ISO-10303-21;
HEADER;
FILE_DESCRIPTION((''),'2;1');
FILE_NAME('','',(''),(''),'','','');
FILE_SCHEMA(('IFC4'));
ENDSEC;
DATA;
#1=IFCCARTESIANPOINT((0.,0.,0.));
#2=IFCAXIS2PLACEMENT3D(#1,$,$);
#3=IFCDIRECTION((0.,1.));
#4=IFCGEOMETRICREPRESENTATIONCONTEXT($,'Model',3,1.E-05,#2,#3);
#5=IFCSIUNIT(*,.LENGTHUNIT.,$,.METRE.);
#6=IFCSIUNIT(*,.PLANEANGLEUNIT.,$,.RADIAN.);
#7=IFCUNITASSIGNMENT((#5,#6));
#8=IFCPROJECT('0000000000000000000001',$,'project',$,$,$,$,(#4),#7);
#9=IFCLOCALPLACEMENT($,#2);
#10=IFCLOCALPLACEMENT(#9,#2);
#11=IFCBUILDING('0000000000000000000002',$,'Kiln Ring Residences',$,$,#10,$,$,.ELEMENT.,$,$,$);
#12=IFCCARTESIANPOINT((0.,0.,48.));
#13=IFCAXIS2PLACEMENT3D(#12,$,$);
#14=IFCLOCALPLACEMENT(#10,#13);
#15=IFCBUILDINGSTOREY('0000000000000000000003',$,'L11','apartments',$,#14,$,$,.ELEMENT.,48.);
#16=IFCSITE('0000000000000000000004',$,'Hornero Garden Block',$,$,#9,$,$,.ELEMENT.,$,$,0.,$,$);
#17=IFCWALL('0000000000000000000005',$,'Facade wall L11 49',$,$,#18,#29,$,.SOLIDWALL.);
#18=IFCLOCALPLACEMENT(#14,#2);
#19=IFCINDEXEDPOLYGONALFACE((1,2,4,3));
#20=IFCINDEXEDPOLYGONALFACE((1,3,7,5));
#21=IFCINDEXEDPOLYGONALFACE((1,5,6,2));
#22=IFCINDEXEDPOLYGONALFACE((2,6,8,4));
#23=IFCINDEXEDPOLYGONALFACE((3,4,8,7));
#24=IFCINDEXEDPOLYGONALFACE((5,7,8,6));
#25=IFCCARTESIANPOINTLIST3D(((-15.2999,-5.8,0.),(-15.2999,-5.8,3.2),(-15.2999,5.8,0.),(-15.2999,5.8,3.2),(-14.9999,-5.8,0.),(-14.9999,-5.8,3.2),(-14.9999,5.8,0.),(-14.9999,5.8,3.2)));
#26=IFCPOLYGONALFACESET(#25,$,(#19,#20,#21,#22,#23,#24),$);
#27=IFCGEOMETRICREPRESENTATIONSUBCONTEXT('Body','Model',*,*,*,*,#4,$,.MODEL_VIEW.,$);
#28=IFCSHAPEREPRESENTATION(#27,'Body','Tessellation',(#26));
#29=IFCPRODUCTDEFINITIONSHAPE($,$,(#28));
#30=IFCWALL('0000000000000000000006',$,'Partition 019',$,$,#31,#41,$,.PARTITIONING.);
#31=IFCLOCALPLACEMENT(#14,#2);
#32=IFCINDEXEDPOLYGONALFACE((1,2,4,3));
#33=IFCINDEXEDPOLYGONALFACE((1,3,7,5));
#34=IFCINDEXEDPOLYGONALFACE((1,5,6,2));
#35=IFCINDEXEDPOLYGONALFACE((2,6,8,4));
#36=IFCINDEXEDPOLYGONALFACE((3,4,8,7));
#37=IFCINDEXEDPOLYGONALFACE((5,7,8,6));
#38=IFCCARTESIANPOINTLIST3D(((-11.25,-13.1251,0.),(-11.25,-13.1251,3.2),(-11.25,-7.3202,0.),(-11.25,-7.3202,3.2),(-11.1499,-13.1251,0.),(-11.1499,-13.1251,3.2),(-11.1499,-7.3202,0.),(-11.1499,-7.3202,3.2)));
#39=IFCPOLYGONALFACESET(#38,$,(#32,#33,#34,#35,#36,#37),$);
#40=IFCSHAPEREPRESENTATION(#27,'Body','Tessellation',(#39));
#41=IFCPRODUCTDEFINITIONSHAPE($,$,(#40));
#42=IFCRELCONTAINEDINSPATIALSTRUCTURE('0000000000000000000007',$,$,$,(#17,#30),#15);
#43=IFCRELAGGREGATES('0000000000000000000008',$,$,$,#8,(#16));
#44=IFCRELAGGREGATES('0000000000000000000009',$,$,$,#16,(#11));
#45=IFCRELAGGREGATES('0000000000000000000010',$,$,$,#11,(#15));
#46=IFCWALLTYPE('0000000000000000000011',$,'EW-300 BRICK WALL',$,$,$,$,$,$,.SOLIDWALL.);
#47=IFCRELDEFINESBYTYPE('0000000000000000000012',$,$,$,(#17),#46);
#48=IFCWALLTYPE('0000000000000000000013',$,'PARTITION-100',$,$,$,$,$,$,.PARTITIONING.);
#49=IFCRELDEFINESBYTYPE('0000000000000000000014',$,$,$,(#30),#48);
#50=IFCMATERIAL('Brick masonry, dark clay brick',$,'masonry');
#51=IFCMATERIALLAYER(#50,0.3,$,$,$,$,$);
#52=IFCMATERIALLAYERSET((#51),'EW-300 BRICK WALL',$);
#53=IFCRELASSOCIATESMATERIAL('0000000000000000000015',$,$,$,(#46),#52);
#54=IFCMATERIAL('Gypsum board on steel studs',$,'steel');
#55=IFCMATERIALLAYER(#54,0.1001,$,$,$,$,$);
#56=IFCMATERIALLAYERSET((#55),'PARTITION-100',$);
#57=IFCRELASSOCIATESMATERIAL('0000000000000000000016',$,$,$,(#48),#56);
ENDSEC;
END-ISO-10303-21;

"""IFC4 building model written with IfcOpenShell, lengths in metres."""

from ifc_helpers import new_model, si_unit, direction, frame, frame_2d, origin, place, context, subcontext, project, spatial, rectangle, extrude, material, layer, layer_set, type_object, element, save


model = new_model("IFC4")

# Units and contexts
model_context = context("Model", 3, precision=1e-05, world=origin(), true_north=direction((0.0, 1.0)))
body_context = subcontext(model_context, "Body", "Model", "MODEL_VIEW")
ifc_project = project(units=[si_unit("LENGTHUNIT", "METRE"), si_unit("PLANEANGLEUNIT", "RADIAN")], contexts=[model_context])

# Site, building, storey
site_placement = place(None, origin())
site = spatial("IfcSite", under=ifc_project, at=site_placement, Name="Hornero Garden Block", CompositionType="ELEMENT", RefElevation=0.0)
building_placement = place(site_placement, origin())
building = spatial("IfcBuilding", under=site, at=building_placement, Name="Kiln Ring Residences", CompositionType="ELEMENT")
storey_placement = place(building_placement, frame((0.0, 0.0, 48.0)))
storey = spatial("IfcBuildingStorey", under=building, at=storey_placement, Name="L11", Description="apartments", CompositionType="ELEMENT", Elevation=48.0)

# Walls
ifc_material_1 = material(Name="Brick masonry, dark clay brick", Category="masonry")
ifc_layer_1 = layer(ifc_material_1, 0.3)
ifc_layer_set_1 = layer_set([ifc_layer_1], Name="EW-300 BRICK WALL")
wall_type_1 = type_object("IfcWallType", Name="EW-300 BRICK WALL", PredefinedType="SOLIDWALL", material=ifc_layer_set_1)
wall_1_placement = place(storey_placement, frame((-15.1499, -5.8, 0.0), z_axis=(0.0, 0.0, 1.0), x_axis=(0.0, 1.0, 0.0)))
element("IfcWall", 1, at=wall_1_placement, inside=storey, type_object=wall_type_1, Name="Facade wall L11 49", PredefinedType="SOLIDWALL", context=body_context, shape_type="SweptSolid", body=[
    extrude(rectangle(XDim=11.6001, YDim=0.3, at=frame_2d((5.8, 0.0))), origin(), (0.0, 0.0, 1.0), 3.2),
])
ifc_material_2 = material(Name="Gypsum board on steel studs", Category="steel")
ifc_layer_2 = layer(ifc_material_2, 0.1001)
ifc_layer_set_2 = layer_set([ifc_layer_2], Name="PARTITION-100")
wall_type_2 = type_object("IfcWallType", Name="PARTITION-100", PredefinedType="PARTITIONING", material=ifc_layer_set_2)
wall_2_placement = place(storey_placement, frame((-11.2, -13.125, 0.0), z_axis=(0.0, 0.0, 1.0), x_axis=(0.0, 1.0, 0.0)))
element("IfcWall", 2, at=wall_2_placement, inside=storey, type_object=wall_type_2, Name="Partition 019", PredefinedType="PARTITIONING", context=body_context, shape_type="SweptSolid", body=[
    extrude(rectangle(XDim=5.8049, YDim=0.1001, at=frame_2d((2.9023, 0.0))), origin(), (0.0, 0.0, 1.0), 3.2),
])

save(model, "model.ifc")
